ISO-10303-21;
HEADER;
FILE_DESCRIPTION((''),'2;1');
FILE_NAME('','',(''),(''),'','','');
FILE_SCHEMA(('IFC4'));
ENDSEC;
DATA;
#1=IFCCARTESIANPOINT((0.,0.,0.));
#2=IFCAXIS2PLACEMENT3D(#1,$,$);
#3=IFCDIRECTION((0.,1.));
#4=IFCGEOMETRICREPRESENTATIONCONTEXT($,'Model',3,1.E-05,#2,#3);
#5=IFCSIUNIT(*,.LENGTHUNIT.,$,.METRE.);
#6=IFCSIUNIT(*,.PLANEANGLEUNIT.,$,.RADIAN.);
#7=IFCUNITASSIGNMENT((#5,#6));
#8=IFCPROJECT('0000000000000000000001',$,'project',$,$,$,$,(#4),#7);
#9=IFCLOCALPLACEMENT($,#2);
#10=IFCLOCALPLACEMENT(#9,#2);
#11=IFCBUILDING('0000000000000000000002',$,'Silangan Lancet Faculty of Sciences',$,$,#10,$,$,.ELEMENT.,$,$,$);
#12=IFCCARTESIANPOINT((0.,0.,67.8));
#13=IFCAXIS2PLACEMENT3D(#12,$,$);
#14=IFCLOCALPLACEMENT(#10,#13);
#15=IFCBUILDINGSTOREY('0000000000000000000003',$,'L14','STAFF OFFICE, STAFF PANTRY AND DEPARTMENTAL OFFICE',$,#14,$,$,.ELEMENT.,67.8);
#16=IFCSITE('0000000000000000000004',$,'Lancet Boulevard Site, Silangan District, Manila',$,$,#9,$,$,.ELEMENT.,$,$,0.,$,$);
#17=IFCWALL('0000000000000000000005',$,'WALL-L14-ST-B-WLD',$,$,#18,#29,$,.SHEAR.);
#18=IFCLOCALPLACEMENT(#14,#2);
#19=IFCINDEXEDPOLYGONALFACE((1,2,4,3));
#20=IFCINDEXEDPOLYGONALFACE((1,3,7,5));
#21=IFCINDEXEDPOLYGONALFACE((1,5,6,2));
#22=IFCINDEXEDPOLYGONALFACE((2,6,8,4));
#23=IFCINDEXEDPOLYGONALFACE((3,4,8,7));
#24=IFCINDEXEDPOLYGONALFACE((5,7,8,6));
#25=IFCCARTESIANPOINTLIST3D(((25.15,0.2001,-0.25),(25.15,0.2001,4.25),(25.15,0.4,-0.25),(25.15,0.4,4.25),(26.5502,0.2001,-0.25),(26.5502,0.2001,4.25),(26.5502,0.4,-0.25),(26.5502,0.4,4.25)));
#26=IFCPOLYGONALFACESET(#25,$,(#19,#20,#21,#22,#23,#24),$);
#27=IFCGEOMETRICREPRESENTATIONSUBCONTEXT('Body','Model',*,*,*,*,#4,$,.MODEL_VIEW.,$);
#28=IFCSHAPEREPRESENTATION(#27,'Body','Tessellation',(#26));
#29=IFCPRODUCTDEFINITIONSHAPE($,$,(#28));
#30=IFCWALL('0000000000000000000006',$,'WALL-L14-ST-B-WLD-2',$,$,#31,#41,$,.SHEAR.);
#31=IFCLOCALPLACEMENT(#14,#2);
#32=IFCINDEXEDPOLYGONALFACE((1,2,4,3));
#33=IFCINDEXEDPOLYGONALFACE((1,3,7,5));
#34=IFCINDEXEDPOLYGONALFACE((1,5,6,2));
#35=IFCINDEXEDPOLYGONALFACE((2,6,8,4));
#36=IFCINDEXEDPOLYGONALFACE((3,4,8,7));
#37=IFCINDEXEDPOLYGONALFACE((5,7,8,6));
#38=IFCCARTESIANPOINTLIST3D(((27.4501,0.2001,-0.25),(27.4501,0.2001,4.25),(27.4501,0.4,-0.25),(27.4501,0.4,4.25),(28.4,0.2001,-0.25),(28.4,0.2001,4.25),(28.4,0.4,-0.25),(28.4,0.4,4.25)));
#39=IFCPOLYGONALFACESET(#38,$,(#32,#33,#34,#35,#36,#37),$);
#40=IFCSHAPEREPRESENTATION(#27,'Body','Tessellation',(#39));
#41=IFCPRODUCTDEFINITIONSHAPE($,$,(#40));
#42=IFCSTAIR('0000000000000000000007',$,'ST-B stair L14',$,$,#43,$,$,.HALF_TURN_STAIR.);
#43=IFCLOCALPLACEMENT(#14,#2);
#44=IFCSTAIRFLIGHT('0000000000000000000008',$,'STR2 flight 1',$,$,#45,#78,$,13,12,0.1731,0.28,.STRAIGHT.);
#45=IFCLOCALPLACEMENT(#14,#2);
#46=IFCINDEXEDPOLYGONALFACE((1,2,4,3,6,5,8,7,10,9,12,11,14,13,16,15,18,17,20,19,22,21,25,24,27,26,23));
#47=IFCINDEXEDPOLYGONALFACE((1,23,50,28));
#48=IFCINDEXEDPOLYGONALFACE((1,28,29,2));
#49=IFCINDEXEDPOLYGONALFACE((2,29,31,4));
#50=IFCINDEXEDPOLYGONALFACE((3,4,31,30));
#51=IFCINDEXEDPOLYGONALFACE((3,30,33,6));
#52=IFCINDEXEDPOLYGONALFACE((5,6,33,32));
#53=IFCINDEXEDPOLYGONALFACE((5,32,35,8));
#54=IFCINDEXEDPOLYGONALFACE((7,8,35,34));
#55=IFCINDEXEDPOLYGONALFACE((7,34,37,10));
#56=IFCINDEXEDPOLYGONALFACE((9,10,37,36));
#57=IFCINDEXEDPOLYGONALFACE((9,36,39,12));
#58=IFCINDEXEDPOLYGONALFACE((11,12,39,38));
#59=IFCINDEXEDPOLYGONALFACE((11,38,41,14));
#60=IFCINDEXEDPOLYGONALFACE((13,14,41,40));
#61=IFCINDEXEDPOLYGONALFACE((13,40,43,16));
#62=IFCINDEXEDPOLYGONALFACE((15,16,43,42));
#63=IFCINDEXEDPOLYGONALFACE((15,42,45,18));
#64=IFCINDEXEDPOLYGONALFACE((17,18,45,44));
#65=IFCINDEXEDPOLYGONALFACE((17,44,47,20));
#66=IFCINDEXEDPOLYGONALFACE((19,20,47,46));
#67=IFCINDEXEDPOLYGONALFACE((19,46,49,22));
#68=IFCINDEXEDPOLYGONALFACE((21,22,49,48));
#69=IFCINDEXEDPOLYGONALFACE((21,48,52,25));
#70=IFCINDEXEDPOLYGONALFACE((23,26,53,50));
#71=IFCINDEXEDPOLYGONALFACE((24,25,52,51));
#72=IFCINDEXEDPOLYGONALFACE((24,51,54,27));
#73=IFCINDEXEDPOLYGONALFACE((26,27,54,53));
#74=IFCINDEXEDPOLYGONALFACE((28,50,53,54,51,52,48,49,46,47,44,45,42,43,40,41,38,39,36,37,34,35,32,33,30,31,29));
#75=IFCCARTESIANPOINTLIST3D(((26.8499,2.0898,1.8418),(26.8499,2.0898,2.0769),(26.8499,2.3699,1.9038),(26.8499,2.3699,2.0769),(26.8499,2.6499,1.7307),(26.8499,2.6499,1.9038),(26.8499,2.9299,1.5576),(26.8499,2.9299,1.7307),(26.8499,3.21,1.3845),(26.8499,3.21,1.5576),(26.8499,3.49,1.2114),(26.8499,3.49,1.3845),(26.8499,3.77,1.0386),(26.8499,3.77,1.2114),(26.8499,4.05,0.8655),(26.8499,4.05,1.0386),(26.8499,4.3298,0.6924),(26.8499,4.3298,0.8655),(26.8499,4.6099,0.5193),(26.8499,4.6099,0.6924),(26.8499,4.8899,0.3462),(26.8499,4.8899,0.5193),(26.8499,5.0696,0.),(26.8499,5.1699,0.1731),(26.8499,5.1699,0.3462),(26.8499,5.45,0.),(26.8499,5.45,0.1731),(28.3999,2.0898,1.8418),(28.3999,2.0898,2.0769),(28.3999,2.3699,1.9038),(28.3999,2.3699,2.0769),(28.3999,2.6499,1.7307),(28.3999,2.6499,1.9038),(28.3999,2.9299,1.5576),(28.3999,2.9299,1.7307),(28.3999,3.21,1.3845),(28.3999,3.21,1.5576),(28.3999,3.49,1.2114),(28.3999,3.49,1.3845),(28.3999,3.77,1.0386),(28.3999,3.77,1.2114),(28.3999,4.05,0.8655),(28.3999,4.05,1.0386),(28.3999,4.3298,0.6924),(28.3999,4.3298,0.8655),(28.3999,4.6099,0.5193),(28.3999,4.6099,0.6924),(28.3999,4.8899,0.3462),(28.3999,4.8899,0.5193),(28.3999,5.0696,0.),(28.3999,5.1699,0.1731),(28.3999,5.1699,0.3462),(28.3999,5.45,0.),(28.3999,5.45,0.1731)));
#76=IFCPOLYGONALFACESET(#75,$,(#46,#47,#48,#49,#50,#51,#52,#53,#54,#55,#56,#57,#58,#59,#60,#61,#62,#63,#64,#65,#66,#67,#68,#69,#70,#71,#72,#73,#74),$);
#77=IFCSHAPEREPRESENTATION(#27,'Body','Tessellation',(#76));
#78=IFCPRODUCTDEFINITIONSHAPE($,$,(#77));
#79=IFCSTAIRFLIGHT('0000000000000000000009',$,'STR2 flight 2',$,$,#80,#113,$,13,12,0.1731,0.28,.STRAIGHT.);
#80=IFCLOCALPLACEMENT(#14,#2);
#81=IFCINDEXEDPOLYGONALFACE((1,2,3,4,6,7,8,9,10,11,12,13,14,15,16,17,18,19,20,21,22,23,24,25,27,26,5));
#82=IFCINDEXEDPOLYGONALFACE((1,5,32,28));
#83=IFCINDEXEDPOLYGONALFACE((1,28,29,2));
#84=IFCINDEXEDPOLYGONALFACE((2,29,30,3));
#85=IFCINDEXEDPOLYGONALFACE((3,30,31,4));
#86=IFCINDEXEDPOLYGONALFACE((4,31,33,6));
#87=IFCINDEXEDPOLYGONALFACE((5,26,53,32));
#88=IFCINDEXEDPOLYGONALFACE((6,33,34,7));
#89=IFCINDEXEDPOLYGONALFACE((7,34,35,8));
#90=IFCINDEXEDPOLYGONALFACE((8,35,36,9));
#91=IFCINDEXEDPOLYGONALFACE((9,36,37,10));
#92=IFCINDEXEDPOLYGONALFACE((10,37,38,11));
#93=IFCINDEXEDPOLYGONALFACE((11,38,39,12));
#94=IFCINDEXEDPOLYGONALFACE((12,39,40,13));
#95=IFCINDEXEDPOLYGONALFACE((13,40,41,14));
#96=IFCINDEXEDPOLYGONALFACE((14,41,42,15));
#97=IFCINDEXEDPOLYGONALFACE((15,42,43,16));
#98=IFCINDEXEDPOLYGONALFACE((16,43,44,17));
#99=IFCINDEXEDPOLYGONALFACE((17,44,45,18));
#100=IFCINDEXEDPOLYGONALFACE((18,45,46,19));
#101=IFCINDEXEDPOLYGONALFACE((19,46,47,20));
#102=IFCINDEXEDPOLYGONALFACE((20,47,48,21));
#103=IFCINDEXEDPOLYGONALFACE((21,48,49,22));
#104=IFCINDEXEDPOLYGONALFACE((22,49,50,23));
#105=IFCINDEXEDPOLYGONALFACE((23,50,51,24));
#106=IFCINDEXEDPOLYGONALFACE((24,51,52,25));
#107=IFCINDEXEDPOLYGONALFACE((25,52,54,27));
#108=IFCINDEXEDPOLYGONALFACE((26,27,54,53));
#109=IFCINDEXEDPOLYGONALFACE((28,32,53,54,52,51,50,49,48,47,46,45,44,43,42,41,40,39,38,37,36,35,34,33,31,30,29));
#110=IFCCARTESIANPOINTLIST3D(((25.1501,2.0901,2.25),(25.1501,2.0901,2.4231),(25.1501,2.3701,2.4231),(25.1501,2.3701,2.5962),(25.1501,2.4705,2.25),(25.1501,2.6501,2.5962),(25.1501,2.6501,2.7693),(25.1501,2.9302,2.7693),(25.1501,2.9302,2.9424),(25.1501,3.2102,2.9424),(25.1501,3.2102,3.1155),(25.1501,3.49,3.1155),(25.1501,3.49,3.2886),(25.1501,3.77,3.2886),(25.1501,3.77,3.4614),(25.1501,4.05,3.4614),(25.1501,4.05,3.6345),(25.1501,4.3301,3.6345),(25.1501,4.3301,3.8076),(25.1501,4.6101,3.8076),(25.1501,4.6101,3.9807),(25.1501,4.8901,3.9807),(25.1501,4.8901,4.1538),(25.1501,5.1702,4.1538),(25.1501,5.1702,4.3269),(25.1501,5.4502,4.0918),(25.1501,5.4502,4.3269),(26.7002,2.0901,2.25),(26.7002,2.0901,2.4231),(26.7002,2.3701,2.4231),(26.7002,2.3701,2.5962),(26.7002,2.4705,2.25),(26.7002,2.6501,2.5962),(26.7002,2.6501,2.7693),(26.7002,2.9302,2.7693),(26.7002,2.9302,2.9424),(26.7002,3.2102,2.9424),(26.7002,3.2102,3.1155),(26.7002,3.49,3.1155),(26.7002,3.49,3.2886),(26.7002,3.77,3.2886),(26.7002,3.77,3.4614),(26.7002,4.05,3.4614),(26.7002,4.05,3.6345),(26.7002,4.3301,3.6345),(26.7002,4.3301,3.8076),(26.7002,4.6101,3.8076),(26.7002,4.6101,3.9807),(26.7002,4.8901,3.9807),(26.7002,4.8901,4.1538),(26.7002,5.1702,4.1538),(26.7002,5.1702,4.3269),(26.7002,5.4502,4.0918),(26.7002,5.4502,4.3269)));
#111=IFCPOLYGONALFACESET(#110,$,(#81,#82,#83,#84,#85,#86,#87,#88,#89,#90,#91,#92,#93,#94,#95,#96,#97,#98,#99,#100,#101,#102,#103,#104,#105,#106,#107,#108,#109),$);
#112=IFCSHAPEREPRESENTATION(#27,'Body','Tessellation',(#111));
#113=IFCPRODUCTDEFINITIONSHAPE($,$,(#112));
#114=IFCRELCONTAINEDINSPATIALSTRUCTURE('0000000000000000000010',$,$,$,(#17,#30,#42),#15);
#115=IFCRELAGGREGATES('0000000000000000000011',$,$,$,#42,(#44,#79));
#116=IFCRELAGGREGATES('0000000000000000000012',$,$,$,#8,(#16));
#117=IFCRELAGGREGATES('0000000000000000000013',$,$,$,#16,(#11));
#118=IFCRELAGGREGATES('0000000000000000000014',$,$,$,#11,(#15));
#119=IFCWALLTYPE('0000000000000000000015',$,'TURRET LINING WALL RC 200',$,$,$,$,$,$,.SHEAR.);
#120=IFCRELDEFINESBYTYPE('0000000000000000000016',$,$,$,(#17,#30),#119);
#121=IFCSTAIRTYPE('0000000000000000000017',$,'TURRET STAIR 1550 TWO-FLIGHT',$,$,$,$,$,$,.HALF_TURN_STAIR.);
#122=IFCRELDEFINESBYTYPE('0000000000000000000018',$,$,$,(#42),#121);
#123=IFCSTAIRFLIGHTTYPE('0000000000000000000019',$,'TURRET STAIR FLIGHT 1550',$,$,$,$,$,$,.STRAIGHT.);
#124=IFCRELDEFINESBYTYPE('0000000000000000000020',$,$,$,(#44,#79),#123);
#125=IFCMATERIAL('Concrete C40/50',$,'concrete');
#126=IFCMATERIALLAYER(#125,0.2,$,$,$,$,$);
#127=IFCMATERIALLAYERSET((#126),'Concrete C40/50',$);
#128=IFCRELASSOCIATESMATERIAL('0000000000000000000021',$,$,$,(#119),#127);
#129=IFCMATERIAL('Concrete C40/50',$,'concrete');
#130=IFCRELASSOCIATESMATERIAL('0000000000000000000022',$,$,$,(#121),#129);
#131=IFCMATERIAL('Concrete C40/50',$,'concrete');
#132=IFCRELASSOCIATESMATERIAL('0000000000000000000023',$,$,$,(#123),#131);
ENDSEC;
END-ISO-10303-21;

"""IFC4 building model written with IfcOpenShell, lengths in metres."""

from ifc_helpers import new_model, si_unit, direction, frame, frame_2d, origin, place, context, subcontext, project, spatial, polyline, rectangle, outline, extrude, material, layer, layer_set, type_object, element, aggregate, save


model = new_model("IFC4")

# Units and contexts
model_context = context("Model", 3, precision=1e-05, world=origin(), true_north=direction((0.0, 1.0)))
body_context = subcontext(model_context, "Body", "Model", "MODEL_VIEW")
ifc_project = project(units=[si_unit("LENGTHUNIT", "METRE"), si_unit("PLANEANGLEUNIT", "RADIAN")], contexts=[model_context])

# Site, building, storey
site_placement = place(None, origin())
site = spatial("IfcSite", under=ifc_project, at=site_placement, Name="Lancet Boulevard Site, Silangan District, Manila", CompositionType="ELEMENT", RefElevation=0.0)
building_placement = place(site_placement, origin())
building = spatial("IfcBuilding", under=site, at=building_placement, Name="Silangan Lancet Faculty of Sciences", CompositionType="ELEMENT")
storey_placement = place(building_placement, frame((0.0, 0.0, 67.8)))
storey = spatial("IfcBuildingStorey", under=building, at=storey_placement, Name="L14", Description="STAFF OFFICE, STAFF PANTRY AND DEPARTMENTAL OFFICE", CompositionType="ELEMENT", Elevation=67.8)

# Walls
ifc_material_1 = material(Name="Concrete C40/50", Category="concrete")
ifc_layer_1 = layer(ifc_material_1, 0.2)
ifc_layer_set_1 = layer_set([ifc_layer_1], Name="Concrete C40/50")
wall_type_1 = type_object("IfcWallType", Name="TURRET LINING WALL RC 200", PredefinedType="SHEAR", material=ifc_layer_set_1)
wall_1_placement = place(storey_placement, frame((25.1499, 0.3, -0.25), z_axis=(0.0, 0.0, 1.0), x_axis=(1.0, 0.0, 0.0)))
element("IfcWall", 1, at=wall_1_placement, inside=storey, type_object=wall_type_1, Name="WALL-L14-ST-B-WLD", PredefinedType="SHEAR", context=body_context, shape_type="SweptSolid", body=[
    extrude(rectangle(XDim=1.4001, YDim=0.2, at=frame_2d((0.7002, 0.0))), origin(), (0.0, 0.0, 1.0), 4.5),
])
wall_2_placement = place(storey_placement, frame((27.45, 0.3, -0.25), z_axis=(0.0, 0.0, 1.0), x_axis=(1.0, 0.0, 0.0)))
element("IfcWall", 2, at=wall_2_placement, inside=storey, type_object=wall_type_1, Name="WALL-L14-ST-B-WLD-2", PredefinedType="SHEAR", context=body_context, shape_type="SweptSolid", body=[
    extrude(rectangle(XDim=0.95, YDim=0.2, at=frame_2d((0.4751, 0.0))), origin(), (0.0, 0.0, 1.0), 4.5),
])

# Stair, stair flights
ifc_material_2 = material(Name="Concrete C40/50", Category="concrete")
stair_type = type_object("IfcStairType", Name="TURRET STAIR 1550 TWO-FLIGHT", PredefinedType="HALF_TURN_STAIR", material=ifc_material_2)
stair_placement = place(storey_placement, origin())
stair = element("IfcStair", 3, at=stair_placement, inside=storey, type_object=stair_type, Name="ST-B stair L14", PredefinedType="HALF_TURN_STAIR")
ifc_material_3 = material(Name="Concrete C40/50", Category="concrete")
stair_flight_type = type_object("IfcStairFlightType", Name="TURRET STAIR FLIGHT 1550", PredefinedType="STRAIGHT", material=ifc_material_3)
stair_flight_1_placement = place(storey_placement, frame((27.625, 5.45, 0.0), z_axis=(0.0, 0.0, 1.0), x_axis=(0.0, -1.0, 0.0)))
stair_flight_1 = element("IfcStairFlight", 4, at=stair_flight_1_placement, type_object=stair_flight_type, Name="STR2 flight 1", NumberOfRisers=13, NumberOfTreads=12, PredefinedType="STRAIGHT", RiserHeight=0.1731, TreadLength=0.28, context=body_context, shape_type="SweptSolid", body=[
    extrude(outline(polyline([(0.0, 0.0), (0.0, 0.1731), (0.28, 0.1731), (0.28, 0.3462), (0.5601, 0.3462), (0.5601, 0.5193), (0.8401, 0.5193), (0.8401, 0.6924), (1.1201, 0.6924), (1.1201, 0.8655), (1.3999, 0.8655), (1.3999, 1.0386), (1.6799, 1.0386), (1.6799, 1.2114), (1.96, 1.2114), (1.96, 1.3845), (2.24, 1.3845), (2.24, 1.5576), (2.52, 1.5576), (2.52, 1.7307), (2.8, 1.7307), (2.8, 1.9038), (3.0801, 1.9038), (3.0801, 2.0769), (3.3601, 2.0769), (3.3601, 2.25), (3.3601, 1.8418), (0.3804, 0.0), (0.0, 0.0)])), frame((0.0, 0.7749, 0.0), z_axis=(0.0, -1.0, 0.0), x_axis=(1.0, 0.0, 0.0)), (0.0, 0.0, 1.0), 1.55),
])
stair_flight_2_placement = place(storey_placement, frame((25.925, 2.0901, 2.25), z_axis=(0.0, 0.0, 1.0), x_axis=(0.0, 1.0, 0.0)))
stair_flight_2 = element("IfcStairFlight", 5, at=stair_flight_2_placement, type_object=stair_flight_type, Name="STR2 flight 2", NumberOfRisers=13, NumberOfTreads=12, PredefinedType="STRAIGHT", RiserHeight=0.1731, TreadLength=0.28, context=body_context, shape_type="SweptSolid", body=[
    extrude(outline(polyline([(0.0, 0.0), (0.0, 0.1731), (0.28, 0.1731), (0.28, 0.3462), (0.5601, 0.3462), (0.5601, 0.5193), (0.8401, 0.5193), (0.8401, 0.6924), (1.1201, 0.6924), (1.1201, 0.8655), (1.3999, 0.8655), (1.3999, 1.0386), (1.6799, 1.0386), (1.6799, 1.2114), (1.96, 1.2114), (1.96, 1.3845), (2.24, 1.3845), (2.24, 1.5576), (2.52, 1.5576), (2.52, 1.7307), (2.8, 1.7307), (2.8, 1.9038), (3.0801, 1.9038), (3.0801, 2.0769), (3.3601, 2.0769), (3.3601, 2.25), (3.3601, 1.8418), (0.3804, 0.0), (0.0, 0.0)])), frame((0.0, 0.7749, 0.0), z_axis=(0.0, -1.0, 0.0), x_axis=(1.0, 0.0, 0.0)), (0.0, 0.0, 1.0), 1.55),
])
aggregate(stair, [stair_flight_1, stair_flight_2])

save(model, "model.ifc")
